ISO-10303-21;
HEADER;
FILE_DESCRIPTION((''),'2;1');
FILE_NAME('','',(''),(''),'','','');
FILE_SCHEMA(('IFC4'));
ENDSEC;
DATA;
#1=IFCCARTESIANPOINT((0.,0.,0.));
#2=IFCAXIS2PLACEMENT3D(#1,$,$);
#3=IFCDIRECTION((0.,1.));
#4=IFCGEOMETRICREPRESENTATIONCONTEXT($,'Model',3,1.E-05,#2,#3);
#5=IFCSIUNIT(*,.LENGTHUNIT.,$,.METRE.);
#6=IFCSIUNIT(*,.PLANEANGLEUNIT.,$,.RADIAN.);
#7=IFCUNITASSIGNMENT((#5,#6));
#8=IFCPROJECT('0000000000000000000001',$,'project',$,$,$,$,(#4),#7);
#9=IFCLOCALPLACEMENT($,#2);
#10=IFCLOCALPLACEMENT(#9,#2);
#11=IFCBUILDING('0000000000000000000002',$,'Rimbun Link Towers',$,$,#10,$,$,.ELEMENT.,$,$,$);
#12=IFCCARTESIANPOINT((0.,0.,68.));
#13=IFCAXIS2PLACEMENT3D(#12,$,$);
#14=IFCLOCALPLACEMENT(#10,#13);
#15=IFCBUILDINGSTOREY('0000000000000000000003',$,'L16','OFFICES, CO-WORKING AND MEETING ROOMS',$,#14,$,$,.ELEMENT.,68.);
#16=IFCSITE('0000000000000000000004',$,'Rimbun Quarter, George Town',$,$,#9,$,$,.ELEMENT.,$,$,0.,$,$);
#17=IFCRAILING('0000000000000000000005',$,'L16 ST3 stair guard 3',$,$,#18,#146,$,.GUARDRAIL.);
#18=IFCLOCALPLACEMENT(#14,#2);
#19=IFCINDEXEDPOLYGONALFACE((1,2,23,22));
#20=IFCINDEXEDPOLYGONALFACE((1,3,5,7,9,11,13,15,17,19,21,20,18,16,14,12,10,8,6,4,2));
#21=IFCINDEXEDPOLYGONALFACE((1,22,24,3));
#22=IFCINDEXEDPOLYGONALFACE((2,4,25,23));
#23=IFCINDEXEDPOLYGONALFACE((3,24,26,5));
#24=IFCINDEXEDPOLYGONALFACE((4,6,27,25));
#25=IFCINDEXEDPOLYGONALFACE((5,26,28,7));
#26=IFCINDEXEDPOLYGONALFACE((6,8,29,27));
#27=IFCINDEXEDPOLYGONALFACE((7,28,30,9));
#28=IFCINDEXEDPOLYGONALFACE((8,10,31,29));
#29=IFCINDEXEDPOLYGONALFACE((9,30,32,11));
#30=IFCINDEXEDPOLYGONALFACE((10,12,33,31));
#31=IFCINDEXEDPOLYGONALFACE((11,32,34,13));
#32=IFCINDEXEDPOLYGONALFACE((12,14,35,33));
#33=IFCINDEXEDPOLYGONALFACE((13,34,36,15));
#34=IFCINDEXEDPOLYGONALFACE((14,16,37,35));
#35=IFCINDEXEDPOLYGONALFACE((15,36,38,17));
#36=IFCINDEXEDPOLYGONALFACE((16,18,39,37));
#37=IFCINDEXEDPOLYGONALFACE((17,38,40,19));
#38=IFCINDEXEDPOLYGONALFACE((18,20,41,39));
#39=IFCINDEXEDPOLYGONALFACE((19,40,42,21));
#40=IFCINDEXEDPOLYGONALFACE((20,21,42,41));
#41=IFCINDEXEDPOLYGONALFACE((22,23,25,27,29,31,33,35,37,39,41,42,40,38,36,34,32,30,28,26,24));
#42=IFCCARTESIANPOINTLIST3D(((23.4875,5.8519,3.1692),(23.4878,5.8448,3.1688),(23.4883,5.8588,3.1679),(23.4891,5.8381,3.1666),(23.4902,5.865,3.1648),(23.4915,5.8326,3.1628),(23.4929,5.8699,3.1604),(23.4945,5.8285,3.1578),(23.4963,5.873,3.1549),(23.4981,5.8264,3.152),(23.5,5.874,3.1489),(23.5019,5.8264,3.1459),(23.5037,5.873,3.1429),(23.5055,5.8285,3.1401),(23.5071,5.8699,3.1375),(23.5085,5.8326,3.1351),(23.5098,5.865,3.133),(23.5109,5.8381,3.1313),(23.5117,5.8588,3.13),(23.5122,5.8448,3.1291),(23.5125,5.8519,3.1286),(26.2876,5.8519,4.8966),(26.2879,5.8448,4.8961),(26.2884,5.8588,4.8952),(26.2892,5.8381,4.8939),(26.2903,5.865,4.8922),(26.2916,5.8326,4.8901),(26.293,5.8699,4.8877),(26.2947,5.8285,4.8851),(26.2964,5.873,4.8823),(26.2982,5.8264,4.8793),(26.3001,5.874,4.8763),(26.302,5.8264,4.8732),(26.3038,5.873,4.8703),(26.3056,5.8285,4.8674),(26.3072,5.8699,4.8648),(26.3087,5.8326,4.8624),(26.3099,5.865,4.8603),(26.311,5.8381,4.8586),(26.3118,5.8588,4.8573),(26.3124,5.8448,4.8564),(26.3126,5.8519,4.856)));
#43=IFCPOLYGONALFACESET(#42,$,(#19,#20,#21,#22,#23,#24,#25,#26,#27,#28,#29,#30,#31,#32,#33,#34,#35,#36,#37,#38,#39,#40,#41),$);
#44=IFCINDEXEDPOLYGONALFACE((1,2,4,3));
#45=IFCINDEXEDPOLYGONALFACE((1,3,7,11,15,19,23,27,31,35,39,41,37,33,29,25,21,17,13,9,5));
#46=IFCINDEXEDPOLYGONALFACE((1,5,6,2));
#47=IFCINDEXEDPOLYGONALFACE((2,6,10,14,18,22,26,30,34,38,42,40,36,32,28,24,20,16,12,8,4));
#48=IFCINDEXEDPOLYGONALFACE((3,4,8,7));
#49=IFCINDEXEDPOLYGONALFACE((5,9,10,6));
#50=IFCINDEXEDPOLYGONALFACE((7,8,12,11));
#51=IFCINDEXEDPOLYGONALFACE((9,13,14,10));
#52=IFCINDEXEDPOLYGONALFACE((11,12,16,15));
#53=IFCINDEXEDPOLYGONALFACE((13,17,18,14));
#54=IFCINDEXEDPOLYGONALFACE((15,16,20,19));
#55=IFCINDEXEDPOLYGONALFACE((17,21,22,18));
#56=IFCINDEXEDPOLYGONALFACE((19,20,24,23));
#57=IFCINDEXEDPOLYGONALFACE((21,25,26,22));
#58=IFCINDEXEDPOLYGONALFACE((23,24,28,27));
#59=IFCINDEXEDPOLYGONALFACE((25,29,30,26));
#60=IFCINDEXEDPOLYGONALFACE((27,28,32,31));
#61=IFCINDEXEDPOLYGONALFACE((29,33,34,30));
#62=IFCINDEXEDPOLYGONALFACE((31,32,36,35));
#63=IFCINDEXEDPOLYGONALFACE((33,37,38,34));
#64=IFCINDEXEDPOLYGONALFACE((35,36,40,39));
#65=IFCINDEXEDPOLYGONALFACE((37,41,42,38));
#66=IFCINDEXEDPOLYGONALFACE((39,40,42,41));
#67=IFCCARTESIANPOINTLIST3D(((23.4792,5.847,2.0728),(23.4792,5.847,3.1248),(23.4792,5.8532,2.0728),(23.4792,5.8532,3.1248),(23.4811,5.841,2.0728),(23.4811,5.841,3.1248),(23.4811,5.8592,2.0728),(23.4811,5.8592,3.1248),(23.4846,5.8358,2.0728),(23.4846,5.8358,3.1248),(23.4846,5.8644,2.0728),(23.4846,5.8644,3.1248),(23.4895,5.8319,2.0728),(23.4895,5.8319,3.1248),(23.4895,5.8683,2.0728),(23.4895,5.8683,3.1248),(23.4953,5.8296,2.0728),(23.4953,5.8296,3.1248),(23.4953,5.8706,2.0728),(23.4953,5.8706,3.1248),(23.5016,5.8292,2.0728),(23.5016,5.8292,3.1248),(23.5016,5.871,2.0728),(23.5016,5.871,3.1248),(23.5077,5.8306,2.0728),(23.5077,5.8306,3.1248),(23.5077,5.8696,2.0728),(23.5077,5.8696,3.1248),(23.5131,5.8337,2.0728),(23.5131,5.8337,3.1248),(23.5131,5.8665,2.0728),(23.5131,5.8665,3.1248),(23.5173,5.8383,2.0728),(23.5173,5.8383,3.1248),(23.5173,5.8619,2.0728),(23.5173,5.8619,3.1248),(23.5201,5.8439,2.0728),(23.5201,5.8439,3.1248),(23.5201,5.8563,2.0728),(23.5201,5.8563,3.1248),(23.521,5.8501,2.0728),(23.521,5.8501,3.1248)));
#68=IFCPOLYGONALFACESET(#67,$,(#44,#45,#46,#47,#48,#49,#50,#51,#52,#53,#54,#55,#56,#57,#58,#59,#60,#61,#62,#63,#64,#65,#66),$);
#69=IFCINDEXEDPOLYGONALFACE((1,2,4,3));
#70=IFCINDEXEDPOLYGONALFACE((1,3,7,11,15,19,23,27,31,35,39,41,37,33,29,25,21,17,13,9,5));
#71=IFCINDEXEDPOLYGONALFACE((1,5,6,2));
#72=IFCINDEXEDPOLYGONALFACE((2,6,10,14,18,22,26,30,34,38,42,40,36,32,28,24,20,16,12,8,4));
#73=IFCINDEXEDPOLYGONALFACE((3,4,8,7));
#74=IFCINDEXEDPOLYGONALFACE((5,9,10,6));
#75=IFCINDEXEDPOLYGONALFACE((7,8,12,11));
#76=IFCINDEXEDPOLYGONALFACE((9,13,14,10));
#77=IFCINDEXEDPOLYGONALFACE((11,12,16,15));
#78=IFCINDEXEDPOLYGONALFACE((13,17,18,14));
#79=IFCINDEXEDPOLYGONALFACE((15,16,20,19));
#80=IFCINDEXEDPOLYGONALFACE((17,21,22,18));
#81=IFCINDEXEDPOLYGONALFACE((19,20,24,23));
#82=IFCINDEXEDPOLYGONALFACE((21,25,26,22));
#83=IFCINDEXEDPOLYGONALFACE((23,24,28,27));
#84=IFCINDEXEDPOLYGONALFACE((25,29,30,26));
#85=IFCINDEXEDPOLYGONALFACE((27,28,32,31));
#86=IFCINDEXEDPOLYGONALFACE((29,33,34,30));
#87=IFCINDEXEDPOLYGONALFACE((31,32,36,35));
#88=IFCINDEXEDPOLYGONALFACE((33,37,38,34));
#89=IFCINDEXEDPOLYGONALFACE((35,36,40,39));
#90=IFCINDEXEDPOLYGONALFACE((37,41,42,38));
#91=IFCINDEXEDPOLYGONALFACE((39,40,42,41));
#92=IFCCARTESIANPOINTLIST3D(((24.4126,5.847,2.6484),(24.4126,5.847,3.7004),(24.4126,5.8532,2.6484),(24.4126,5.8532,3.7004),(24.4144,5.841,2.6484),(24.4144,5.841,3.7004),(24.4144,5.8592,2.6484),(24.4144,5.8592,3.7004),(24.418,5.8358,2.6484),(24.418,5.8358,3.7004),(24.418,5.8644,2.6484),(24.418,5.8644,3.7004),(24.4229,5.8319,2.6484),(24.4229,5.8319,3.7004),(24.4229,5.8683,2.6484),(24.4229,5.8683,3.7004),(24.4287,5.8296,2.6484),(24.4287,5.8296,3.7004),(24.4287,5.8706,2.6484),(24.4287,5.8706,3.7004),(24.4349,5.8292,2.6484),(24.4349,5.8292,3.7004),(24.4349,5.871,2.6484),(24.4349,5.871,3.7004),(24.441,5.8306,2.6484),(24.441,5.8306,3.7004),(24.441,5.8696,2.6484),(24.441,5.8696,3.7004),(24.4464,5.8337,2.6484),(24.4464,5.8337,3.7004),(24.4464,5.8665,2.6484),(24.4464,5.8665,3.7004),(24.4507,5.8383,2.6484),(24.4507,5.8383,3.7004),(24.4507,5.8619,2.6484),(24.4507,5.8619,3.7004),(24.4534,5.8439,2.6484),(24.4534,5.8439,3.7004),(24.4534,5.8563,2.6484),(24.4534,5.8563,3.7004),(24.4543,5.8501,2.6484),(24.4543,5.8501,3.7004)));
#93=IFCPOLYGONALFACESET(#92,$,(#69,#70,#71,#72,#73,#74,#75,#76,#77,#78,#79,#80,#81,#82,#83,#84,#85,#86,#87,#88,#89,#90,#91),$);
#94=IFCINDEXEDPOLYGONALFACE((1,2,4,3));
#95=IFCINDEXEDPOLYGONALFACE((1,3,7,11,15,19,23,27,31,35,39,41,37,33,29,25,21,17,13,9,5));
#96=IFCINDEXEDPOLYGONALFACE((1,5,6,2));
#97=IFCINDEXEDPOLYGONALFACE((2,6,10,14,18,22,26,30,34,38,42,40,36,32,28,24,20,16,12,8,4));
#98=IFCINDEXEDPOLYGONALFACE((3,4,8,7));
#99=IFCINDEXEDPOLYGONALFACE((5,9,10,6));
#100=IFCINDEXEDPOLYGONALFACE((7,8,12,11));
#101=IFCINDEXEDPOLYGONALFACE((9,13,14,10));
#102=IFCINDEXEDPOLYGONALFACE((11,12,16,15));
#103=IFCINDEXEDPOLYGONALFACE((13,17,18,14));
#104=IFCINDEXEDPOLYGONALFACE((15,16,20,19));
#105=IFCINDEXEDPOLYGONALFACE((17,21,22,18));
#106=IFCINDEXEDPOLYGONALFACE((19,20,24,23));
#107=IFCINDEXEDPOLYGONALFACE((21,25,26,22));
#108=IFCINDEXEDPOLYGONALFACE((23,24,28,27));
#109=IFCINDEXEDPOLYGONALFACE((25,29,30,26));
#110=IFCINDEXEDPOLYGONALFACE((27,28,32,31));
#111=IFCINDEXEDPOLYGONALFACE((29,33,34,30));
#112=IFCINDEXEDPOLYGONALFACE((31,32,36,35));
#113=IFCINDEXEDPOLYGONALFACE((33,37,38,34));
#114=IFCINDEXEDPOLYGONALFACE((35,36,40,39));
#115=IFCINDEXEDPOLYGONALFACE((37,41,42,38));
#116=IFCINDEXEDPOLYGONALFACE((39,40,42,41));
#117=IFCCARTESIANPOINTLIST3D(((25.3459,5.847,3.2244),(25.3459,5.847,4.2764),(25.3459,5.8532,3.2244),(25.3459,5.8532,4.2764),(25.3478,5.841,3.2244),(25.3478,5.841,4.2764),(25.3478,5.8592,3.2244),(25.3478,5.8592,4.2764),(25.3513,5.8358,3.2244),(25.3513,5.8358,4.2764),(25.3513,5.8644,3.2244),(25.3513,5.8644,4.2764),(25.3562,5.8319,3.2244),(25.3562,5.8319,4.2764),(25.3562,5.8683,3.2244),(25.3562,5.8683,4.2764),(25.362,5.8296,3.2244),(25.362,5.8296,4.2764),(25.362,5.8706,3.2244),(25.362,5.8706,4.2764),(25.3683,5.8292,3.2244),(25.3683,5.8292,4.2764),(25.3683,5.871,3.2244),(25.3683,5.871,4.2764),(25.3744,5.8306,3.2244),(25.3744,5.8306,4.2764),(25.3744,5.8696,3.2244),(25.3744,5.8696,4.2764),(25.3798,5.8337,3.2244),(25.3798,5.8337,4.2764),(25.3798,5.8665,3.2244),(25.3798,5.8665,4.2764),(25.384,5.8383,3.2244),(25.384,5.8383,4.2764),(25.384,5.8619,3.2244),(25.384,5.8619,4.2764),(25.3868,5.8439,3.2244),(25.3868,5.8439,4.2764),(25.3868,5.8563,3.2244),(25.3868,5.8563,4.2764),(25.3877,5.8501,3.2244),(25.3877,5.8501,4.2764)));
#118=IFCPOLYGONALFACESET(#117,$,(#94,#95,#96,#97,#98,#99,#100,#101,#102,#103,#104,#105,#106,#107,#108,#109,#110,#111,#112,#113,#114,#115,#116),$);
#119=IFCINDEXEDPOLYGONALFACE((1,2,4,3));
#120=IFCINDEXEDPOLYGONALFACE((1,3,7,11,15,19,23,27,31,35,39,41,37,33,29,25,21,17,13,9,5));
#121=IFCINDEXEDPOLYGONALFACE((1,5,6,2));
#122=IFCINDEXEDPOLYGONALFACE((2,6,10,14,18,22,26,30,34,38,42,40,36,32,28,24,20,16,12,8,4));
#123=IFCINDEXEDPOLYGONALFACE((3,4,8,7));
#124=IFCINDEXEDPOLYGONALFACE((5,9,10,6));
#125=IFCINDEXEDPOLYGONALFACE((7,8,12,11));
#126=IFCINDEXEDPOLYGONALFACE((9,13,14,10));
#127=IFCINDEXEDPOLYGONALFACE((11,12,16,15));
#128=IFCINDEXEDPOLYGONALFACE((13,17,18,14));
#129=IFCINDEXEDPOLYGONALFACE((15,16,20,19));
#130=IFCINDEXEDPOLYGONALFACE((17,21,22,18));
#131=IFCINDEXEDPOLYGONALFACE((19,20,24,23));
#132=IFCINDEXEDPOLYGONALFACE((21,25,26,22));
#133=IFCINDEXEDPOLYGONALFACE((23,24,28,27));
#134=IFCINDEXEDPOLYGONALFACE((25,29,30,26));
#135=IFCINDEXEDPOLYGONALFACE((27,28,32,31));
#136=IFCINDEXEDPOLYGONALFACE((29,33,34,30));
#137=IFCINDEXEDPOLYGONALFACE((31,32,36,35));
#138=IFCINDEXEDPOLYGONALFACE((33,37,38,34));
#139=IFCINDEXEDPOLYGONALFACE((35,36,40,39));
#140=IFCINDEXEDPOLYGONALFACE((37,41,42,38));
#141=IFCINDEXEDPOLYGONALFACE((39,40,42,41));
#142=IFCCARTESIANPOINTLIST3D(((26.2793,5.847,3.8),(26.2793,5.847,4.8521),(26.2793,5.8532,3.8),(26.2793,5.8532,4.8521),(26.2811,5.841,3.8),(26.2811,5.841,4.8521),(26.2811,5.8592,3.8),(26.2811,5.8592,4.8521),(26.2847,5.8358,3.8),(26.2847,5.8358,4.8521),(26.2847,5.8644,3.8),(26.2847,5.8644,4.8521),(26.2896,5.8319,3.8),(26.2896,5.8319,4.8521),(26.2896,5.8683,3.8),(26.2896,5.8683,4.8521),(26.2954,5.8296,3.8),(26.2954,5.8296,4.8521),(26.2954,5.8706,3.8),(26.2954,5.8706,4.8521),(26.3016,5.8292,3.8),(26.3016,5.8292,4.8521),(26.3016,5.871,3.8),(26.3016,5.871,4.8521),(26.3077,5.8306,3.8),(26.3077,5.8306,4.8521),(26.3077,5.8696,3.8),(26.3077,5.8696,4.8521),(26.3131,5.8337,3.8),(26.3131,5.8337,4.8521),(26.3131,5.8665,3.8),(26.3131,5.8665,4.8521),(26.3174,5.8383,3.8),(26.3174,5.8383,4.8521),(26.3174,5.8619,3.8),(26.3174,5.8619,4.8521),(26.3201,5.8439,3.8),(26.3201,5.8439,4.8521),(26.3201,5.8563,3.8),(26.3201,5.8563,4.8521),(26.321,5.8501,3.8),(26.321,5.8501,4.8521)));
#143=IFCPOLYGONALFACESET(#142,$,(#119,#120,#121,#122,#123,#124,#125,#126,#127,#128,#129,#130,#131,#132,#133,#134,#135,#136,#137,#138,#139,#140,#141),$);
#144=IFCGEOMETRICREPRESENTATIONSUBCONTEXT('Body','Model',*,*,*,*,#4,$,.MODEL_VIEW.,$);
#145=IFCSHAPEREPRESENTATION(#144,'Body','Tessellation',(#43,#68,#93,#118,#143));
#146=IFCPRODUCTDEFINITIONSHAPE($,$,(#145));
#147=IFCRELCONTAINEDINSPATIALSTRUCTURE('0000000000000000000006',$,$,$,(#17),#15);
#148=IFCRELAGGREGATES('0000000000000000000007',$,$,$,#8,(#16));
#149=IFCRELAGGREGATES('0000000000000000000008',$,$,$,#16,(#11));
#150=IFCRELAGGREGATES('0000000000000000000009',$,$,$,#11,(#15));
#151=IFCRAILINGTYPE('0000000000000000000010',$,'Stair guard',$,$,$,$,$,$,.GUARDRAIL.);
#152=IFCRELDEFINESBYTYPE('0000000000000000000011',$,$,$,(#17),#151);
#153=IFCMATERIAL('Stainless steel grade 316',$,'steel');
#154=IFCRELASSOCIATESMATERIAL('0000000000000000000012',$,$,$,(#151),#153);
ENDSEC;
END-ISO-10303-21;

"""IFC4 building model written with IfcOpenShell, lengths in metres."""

from ifc_helpers import new_model, si_unit, direction, frame, origin, origin_2d, place, context, subcontext, project, spatial, circle, extrude, material, type_object, element, save


model = new_model("IFC4")

# Units and contexts
model_context = context("Model", 3, precision=1e-05, world=origin(), true_north=direction((0.0, 1.0)))
body_context = subcontext(model_context, "Body", "Model", "MODEL_VIEW")
ifc_project = project(units=[si_unit("LENGTHUNIT", "METRE"), si_unit("PLANEANGLEUNIT", "RADIAN")], contexts=[model_context])

# Site, building, storey
site_placement = place(None, origin())
site = spatial("IfcSite", under=ifc_project, at=site_placement, Name="Rimbun Quarter, George Town", CompositionType="ELEMENT", RefElevation=0.0)
building_placement = place(site_placement, origin())
building = spatial("IfcBuilding", under=site, at=building_placement, Name="Rimbun Link Towers", CompositionType="ELEMENT")
storey_placement = place(building_placement, frame((0.0, 0.0, 68.0)))
storey = spatial("IfcBuildingStorey", under=building, at=storey_placement, Name="L16", Description="OFFICES, CO-WORKING AND MEETING ROOMS", CompositionType="ELEMENT", Elevation=68.0)

# Railing
ifc_material_1 = material(Name="Stainless steel grade 316", Category="steel")
railing_type_1 = type_object("IfcRailingType", Name="Stair guard", PredefinedType="GUARDRAIL", material=ifc_material_1)
railing_1_placement = place(storey_placement, frame((23.5, 5.8501, 2.0728)))
element("IfcRailing", 1, at=railing_1_placement, inside=storey, type_object=railing_type_1, Name="L16 ST3 stair guard 3", PredefinedType="GUARDRAIL", context=body_context, shape_type="SweptSolid", body=[
    extrude(circle(Radius=0.0239, at=origin_2d()), frame((0.0, 0.0, 1.0762), z_axis=(0.85109, 0.0, 0.52502), x_axis=(0.0, 1.0, 0.0)), (0.0, 0.0, 1.0), 3.29),
    extrude(circle(Radius=0.021, at=origin_2d()), origin(), (0.0, 0.0, 1.0), 1.052),
    extrude(circle(Radius=0.021, at=origin_2d()), frame((0.9333, 0.0, 0.5757)), (0.0, 0.0, 1.0), 1.052),
    extrude(circle(Radius=0.021, at=origin_2d()), frame((1.8667, 0.0, 1.1516)), (0.0, 0.0, 1.0), 1.052),
    extrude(circle(Radius=0.021, at=origin_2d()), frame((2.8, 0.0, 1.7273)), (0.0, 0.0, 1.0), 1.052),
])

save(model, "model.ifc")
